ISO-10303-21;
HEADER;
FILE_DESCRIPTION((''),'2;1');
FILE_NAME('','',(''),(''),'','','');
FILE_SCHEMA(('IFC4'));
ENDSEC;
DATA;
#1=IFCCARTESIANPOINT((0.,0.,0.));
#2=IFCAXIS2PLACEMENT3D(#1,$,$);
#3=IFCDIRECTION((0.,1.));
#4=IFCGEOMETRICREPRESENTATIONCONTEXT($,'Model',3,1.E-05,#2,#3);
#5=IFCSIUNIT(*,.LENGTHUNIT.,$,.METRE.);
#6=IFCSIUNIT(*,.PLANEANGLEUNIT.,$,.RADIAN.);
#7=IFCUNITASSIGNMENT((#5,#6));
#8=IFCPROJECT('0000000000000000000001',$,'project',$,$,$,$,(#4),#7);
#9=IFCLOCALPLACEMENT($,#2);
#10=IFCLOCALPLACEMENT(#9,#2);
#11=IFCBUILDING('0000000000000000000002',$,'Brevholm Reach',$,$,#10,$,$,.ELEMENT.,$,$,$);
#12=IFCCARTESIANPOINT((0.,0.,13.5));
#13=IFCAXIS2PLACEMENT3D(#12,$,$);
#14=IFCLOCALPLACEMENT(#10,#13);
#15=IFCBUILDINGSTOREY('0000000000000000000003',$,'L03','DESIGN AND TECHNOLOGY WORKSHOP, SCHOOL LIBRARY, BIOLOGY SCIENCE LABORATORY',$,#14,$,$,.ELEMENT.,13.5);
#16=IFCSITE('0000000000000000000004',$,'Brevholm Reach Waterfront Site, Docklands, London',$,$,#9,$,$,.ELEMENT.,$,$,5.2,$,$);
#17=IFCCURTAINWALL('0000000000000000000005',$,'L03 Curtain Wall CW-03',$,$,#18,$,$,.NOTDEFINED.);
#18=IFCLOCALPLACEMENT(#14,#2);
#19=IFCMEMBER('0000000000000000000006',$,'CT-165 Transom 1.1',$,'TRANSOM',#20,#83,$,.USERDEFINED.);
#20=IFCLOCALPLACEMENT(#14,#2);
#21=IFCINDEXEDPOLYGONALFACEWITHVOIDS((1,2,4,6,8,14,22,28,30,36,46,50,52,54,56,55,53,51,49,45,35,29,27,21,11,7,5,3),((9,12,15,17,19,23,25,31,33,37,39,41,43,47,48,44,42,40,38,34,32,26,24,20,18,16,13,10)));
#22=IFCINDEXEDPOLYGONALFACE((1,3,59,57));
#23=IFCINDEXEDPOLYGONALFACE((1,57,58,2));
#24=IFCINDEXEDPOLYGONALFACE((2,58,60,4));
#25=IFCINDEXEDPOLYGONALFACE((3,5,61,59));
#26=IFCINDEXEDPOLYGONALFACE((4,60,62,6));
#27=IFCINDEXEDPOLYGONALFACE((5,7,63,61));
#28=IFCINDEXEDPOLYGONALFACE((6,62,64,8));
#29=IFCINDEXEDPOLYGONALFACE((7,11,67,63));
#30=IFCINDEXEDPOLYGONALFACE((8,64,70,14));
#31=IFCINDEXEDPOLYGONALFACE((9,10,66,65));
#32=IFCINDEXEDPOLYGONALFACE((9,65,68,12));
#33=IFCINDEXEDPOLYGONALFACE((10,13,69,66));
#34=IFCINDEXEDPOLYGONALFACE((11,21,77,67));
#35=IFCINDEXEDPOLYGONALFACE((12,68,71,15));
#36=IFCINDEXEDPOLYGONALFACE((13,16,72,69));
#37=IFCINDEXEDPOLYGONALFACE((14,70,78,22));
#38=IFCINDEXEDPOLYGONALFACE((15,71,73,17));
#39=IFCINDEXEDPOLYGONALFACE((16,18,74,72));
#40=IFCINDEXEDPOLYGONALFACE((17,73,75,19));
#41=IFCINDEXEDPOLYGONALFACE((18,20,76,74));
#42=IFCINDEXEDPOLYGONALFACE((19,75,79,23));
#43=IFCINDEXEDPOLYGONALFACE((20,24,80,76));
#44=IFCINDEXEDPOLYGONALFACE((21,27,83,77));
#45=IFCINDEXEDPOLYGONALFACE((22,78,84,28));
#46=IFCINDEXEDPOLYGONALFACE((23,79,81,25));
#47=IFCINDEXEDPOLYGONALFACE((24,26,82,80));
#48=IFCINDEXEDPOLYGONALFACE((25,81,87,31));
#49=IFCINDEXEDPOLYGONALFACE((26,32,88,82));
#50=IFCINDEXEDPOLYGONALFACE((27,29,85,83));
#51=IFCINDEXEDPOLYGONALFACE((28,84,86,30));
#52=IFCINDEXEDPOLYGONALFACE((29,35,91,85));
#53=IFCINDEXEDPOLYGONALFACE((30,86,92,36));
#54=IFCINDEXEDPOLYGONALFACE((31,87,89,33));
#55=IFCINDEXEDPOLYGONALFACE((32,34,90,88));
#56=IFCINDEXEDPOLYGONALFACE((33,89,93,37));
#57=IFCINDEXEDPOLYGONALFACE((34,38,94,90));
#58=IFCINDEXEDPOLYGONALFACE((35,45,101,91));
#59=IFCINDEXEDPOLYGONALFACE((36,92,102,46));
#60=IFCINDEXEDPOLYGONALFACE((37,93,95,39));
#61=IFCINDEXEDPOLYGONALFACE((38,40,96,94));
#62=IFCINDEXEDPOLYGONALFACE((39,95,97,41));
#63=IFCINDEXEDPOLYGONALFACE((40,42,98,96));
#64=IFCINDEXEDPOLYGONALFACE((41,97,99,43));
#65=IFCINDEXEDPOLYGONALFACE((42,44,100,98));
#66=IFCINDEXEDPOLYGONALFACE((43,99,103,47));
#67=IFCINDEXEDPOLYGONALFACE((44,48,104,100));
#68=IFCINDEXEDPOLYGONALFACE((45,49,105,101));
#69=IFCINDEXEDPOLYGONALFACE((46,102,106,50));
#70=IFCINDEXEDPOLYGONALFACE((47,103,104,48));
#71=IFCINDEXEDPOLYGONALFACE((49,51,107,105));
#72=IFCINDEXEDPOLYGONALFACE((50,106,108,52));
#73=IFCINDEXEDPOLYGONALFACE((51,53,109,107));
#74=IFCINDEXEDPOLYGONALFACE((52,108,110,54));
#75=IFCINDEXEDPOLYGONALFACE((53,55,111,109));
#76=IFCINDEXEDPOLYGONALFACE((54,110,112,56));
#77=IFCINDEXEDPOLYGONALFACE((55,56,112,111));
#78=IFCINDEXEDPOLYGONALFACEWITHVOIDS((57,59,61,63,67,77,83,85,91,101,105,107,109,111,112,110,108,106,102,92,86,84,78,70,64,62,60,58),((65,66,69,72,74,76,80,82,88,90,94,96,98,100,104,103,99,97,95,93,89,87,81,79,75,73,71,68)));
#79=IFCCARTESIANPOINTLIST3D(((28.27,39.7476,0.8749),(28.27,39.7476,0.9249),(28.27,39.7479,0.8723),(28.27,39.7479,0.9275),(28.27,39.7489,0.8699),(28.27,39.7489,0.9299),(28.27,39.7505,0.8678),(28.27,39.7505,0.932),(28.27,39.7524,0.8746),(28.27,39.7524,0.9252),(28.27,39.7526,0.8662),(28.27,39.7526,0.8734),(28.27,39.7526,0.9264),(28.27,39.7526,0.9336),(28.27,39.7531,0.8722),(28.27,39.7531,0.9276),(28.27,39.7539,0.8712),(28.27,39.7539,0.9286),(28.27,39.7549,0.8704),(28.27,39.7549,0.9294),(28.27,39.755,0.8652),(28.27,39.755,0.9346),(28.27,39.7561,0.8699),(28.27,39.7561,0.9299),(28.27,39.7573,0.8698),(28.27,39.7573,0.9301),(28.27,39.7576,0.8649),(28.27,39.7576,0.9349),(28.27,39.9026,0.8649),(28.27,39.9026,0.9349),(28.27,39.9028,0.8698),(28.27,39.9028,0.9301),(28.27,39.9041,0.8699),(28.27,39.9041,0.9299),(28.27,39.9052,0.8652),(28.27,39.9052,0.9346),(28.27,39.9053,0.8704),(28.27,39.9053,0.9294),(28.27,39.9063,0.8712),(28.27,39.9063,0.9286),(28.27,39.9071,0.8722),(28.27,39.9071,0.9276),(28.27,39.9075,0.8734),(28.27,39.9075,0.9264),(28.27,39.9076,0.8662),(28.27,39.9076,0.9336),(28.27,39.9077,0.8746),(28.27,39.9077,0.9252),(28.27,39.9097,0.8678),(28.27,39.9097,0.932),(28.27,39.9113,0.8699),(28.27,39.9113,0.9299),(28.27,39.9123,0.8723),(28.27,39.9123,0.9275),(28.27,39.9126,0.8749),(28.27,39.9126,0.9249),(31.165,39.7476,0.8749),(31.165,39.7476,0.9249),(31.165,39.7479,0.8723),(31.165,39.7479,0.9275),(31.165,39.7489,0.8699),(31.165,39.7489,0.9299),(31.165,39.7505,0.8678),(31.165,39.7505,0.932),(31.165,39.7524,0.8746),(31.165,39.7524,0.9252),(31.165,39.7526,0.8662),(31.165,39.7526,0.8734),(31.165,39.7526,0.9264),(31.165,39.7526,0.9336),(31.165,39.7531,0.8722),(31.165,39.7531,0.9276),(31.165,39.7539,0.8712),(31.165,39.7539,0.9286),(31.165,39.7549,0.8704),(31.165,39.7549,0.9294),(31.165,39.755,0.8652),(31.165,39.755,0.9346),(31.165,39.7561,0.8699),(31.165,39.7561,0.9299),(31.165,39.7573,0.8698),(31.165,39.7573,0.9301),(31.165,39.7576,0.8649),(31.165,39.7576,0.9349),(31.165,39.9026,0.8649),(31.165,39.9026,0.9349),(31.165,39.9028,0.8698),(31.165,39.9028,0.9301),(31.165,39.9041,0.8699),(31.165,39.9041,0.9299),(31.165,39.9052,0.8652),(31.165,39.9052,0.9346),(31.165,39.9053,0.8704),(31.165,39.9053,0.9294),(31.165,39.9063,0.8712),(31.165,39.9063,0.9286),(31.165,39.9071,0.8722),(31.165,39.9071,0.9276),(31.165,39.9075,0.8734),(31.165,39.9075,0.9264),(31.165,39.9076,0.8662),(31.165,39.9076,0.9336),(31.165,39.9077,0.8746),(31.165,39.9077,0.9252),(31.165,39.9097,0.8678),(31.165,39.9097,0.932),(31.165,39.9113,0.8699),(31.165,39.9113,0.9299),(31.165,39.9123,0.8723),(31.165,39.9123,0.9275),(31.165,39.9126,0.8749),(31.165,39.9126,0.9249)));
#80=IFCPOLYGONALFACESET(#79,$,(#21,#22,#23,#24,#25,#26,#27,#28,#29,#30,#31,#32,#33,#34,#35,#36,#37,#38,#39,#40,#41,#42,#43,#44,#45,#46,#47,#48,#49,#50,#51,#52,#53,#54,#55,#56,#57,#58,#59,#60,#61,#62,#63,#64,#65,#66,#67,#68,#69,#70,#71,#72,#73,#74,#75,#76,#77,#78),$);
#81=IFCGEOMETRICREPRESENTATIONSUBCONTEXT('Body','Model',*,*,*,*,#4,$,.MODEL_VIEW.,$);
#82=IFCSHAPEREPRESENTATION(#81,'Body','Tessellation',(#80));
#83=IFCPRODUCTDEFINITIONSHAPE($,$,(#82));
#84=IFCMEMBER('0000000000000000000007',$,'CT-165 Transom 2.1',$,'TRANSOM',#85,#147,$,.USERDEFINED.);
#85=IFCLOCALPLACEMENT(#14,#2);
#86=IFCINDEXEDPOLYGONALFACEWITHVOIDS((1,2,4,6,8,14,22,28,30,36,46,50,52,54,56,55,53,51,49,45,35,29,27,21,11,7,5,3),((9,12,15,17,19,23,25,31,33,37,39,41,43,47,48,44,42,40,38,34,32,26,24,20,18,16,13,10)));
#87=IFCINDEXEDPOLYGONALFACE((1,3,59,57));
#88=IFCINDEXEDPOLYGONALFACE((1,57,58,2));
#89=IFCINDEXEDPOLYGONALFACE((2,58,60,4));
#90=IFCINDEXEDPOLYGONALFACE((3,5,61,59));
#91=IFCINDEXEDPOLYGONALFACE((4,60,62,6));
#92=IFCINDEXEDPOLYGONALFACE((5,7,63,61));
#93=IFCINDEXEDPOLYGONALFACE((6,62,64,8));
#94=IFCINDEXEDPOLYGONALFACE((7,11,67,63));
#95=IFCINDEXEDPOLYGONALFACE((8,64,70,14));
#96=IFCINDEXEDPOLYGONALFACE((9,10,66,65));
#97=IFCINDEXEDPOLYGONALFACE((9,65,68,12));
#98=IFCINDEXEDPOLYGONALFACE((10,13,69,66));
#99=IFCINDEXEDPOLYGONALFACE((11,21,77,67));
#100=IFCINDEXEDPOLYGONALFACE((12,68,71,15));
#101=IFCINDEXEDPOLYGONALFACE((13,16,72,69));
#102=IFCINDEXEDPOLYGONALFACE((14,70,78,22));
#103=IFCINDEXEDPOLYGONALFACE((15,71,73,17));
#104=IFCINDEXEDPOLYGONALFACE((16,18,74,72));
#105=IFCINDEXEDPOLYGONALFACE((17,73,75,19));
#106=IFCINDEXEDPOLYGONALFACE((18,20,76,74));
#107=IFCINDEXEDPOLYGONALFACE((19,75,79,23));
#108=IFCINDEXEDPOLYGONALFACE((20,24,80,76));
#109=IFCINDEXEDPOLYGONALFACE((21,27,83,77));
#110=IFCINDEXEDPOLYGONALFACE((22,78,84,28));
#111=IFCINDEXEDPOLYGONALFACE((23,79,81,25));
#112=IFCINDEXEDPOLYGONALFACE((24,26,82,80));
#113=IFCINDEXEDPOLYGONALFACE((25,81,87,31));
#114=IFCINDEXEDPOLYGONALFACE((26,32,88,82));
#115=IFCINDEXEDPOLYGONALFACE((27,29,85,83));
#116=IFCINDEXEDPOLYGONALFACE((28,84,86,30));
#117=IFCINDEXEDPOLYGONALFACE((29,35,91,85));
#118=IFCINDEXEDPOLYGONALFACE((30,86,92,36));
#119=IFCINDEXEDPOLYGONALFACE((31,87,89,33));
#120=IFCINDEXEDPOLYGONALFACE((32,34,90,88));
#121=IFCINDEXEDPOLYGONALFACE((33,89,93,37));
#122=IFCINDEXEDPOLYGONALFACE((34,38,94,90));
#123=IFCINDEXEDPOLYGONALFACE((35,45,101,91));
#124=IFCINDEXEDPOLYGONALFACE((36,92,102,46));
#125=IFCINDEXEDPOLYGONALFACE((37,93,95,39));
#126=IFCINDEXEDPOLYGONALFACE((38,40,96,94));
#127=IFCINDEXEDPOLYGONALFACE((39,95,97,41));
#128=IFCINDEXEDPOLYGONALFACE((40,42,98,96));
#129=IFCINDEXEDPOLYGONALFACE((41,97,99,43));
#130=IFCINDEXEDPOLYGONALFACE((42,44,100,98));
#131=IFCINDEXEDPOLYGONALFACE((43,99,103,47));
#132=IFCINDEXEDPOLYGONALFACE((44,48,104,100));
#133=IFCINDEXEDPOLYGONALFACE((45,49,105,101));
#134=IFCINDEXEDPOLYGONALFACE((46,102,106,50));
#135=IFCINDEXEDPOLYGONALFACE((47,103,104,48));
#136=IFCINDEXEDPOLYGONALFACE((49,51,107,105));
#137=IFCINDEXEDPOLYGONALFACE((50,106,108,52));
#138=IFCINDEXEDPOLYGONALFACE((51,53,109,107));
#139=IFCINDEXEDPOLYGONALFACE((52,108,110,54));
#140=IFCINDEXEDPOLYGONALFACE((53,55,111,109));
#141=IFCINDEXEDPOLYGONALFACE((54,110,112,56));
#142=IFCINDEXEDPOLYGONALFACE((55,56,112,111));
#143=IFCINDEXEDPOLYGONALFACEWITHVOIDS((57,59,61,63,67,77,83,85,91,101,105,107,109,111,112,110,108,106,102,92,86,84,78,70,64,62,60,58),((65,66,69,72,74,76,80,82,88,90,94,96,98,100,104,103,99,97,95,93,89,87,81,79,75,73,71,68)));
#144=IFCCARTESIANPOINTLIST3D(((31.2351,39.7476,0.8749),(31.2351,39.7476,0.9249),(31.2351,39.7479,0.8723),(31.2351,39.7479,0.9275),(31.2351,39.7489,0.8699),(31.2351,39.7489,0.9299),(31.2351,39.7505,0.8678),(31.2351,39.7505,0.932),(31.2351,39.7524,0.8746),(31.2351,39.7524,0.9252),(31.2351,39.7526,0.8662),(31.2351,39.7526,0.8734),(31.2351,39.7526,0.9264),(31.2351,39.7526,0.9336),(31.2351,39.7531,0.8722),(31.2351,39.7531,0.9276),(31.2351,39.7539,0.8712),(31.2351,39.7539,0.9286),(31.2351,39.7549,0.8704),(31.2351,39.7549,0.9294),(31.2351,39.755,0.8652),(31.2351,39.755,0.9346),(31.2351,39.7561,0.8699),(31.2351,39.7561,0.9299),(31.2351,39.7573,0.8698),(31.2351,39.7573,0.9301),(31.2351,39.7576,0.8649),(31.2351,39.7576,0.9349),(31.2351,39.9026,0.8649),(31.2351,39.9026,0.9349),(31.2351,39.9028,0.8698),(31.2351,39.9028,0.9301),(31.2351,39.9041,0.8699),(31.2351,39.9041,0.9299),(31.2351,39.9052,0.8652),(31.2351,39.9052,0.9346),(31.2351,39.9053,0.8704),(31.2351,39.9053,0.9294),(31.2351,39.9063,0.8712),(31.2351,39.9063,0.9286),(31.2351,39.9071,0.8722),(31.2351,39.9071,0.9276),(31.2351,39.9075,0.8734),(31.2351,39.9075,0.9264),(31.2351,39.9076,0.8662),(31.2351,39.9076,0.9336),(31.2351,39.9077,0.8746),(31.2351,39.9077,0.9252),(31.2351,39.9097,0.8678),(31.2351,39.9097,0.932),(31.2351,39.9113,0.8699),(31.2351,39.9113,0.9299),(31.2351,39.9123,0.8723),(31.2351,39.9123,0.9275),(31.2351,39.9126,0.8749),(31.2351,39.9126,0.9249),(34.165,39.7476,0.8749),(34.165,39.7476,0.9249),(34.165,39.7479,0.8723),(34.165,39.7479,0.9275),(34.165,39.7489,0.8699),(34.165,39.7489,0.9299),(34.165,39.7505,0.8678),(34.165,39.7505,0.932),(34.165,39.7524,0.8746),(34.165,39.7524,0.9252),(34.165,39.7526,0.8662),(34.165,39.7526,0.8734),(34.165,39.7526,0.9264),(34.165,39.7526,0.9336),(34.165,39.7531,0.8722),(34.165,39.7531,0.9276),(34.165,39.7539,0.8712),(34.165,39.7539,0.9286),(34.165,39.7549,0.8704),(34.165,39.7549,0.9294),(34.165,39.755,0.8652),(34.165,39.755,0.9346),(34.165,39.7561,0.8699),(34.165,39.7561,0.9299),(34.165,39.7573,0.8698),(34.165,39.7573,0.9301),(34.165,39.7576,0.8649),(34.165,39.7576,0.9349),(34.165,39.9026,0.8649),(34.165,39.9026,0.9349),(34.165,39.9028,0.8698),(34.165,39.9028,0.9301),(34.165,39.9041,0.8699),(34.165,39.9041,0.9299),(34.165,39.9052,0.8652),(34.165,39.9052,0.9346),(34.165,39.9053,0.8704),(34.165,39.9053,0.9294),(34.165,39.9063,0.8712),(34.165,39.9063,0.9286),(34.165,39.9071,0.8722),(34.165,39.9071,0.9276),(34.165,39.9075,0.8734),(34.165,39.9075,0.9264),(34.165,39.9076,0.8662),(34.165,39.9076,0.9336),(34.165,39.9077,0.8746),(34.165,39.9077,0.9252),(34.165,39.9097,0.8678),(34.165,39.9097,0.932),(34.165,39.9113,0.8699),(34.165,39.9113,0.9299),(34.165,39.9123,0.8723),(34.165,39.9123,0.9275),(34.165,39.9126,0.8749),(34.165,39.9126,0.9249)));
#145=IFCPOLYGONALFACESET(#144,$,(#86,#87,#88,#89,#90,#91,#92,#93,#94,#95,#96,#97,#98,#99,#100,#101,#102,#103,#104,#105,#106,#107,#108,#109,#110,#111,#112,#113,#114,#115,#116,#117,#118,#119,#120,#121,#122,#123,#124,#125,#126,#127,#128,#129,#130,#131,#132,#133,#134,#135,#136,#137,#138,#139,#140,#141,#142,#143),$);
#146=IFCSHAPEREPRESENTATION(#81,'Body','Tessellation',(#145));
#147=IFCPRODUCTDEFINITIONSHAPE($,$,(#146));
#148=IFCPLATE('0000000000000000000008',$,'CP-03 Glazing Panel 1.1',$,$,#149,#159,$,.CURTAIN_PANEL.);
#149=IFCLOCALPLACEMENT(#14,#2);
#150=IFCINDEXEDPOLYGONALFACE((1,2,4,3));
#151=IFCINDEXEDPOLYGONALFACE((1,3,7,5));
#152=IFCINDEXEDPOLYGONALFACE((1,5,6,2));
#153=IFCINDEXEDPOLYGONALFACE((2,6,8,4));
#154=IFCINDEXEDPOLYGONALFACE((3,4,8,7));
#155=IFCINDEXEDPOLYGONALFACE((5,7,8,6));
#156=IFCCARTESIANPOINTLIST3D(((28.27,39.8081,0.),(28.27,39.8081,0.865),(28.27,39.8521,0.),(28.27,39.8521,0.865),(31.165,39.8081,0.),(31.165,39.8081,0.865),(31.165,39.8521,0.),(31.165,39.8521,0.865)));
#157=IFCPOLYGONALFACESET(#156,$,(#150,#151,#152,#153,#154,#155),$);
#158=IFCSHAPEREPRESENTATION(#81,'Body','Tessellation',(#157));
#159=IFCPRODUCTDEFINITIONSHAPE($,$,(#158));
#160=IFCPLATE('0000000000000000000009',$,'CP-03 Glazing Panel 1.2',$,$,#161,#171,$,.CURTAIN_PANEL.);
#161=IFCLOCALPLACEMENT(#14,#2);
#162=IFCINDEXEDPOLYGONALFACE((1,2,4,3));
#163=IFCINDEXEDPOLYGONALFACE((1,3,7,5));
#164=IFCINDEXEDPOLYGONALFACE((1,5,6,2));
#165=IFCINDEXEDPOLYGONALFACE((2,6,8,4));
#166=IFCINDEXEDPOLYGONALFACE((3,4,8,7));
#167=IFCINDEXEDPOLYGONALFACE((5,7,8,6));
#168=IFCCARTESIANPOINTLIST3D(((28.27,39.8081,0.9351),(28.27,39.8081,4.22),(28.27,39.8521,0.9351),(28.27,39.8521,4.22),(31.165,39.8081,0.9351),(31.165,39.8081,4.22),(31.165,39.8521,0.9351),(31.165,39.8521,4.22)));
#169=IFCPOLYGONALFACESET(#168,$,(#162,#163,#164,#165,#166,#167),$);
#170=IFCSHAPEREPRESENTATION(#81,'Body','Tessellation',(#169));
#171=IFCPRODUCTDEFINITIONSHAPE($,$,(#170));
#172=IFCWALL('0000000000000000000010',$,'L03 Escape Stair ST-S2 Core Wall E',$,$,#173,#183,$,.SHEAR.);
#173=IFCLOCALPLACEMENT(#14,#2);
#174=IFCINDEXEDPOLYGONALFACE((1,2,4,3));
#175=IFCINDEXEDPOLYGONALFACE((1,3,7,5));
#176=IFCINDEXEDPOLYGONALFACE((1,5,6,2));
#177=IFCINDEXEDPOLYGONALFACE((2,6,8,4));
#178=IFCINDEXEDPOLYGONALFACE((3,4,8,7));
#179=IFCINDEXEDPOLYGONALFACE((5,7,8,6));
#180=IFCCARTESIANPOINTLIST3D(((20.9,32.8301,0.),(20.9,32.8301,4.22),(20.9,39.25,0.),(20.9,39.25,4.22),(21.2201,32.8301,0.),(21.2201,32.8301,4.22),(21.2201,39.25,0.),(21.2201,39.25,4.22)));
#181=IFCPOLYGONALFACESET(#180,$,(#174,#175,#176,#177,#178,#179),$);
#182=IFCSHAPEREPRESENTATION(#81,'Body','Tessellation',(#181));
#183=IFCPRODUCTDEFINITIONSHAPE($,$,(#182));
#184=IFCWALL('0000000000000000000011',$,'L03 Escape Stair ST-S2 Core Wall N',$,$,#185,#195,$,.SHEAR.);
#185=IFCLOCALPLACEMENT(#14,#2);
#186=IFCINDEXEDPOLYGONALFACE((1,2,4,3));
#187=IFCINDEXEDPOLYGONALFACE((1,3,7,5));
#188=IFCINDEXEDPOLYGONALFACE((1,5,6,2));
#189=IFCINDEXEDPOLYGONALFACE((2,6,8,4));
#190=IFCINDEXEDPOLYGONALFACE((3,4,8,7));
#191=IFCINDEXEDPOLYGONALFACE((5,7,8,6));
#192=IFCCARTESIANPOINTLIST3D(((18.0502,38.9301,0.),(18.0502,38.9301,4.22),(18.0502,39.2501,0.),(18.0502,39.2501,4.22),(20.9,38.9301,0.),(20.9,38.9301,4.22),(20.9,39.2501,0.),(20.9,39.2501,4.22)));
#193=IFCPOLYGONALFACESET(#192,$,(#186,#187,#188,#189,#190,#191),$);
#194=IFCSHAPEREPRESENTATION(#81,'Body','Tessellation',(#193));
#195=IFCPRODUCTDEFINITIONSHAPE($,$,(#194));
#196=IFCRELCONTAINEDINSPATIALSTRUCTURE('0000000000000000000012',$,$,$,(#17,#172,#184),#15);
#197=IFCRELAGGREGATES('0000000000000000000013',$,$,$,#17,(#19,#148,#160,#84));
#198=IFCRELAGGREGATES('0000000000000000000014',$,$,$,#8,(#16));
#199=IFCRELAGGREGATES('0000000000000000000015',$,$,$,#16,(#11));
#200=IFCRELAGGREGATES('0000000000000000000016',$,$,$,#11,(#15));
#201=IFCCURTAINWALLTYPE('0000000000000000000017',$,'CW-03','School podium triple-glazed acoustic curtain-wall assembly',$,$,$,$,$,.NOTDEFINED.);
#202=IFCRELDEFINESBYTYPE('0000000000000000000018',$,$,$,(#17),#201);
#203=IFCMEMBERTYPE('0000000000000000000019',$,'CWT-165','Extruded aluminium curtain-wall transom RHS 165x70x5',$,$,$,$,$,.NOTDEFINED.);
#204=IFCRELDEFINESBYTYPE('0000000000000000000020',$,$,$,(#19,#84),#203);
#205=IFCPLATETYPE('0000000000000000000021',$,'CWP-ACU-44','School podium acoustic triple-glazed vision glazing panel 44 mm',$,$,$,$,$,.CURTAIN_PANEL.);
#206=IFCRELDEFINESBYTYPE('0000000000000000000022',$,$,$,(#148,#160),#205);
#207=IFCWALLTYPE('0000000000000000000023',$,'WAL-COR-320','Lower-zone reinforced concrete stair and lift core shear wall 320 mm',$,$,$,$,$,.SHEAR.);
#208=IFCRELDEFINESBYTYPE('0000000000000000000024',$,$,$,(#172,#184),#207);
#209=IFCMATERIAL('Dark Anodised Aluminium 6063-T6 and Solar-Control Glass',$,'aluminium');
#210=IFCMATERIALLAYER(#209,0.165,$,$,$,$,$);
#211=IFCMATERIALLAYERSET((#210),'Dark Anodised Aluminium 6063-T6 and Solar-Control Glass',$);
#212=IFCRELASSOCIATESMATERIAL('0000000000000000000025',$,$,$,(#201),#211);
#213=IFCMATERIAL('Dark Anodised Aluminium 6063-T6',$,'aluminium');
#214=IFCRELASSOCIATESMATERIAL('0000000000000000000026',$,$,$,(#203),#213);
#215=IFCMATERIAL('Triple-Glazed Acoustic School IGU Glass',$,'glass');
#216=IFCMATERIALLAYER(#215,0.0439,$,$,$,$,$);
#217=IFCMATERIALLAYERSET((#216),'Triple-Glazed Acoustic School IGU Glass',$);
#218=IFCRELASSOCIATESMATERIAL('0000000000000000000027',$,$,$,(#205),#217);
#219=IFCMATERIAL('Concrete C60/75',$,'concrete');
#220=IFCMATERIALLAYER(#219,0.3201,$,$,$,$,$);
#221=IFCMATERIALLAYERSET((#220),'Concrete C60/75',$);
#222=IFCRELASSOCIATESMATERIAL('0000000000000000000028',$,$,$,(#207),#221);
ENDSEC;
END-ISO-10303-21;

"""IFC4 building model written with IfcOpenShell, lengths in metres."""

from ifc_helpers import new_model, si_unit, direction, frame, frame_2d, origin, origin_2d, place, context, subcontext, project, spatial, rectangle, hollow_rectangle, extrude, material, layer, layer_set, material_profile, profile_set, type_object, element, aggregate, save


model = new_model("IFC4")

# Units and contexts
model_context = context("Model", 3, precision=1e-05, world=origin(), true_north=direction((0.0, 1.0)))
body_context = subcontext(model_context, "Body", "Model", "MODEL_VIEW")
ifc_project = project(units=[si_unit("LENGTHUNIT", "METRE"), si_unit("PLANEANGLEUNIT", "RADIAN")], contexts=[model_context])

# Site, building, storey
site_placement = place(None, origin())
site = spatial("IfcSite", under=ifc_project, at=site_placement, Name="Brevholm Reach Waterfront Site, Docklands, London", CompositionType="ELEMENT", RefElevation=5.2)
building_placement = place(site_placement, origin())
building = spatial("IfcBuilding", under=site, at=building_placement, Name="Brevholm Reach", CompositionType="ELEMENT")
storey_placement = place(building_placement, frame((0.0, 0.0, 13.5)))
storey = spatial("IfcBuildingStorey", under=building, at=storey_placement, Name="L03", Description="DESIGN AND TECHNOLOGY WORKSHOP, SCHOOL LIBRARY, BIOLOGY SCIENCE LABORATORY", CompositionType="ELEMENT", Elevation=13.5)

# Curtain wall, members, plates
ifc_material_1 = material(Name="Dark Anodised Aluminium 6063-T6 and Solar-Control Glass", Category="aluminium")
ifc_layer_1 = layer(ifc_material_1, 0.165)
ifc_layer_set_1 = layer_set([ifc_layer_1], Name="Dark Anodised Aluminium 6063-T6 and Solar-Control Glass")
curtain_wall_type = type_object("IfcCurtainWallType", Name="CW-03", Description="School podium triple-glazed acoustic curtain-wall assembly", PredefinedType="NOTDEFINED", material=ifc_layer_set_1)
curtain_wall_placement = place(storey_placement, origin())
curtain_wall = element("IfcCurtainWall", 1, at=curtain_wall_placement, inside=storey, type_object=curtain_wall_type, Name="L03 Curtain Wall CW-03", PredefinedType="NOTDEFINED")
ifc_material_2 = material(Name="Dark Anodised Aluminium 6063-T6", Category="aluminium")
ifc_material_profile_1 = material_profile(ifc_material_2, hollow_rectangle(XDim=0.0701, YDim=0.165, WallThickness=0.0049, InnerFilletRadius=0.0049, OuterFilletRadius=0.01, at=origin_2d()), Name="RHS 165x70x5")
ifc_profile_set_1 = profile_set([ifc_material_profile_1], Name="Dark Anodised Aluminium 6063-T6")
member_type_1 = type_object("IfcMemberType", Name="CWT-165", Description="Extruded aluminium curtain-wall transom RHS 165x70x5", PredefinedType="NOTDEFINED", material=ifc_profile_set_1)
member_1_placement = place(storey_placement, frame((28.27, 39.8301, 0.8999), z_axis=(1.0, 0.0, 0.0), x_axis=(0.0, 0.0, 1.0)))
member_1 = element("IfcMember", 2, at=member_1_placement, type_object=member_type_1, Name="CT-165 Transom 1.1", ObjectType="TRANSOM", PredefinedType="USERDEFINED", context=body_context, shape_type="SweptSolid", body=[
    extrude(hollow_rectangle(XDim=0.0701, YDim=0.165, WallThickness=0.0049, InnerFilletRadius=0.0049, OuterFilletRadius=0.01, at=origin_2d()), origin(), (0.0, 0.0, 1.0), 2.895),
])
member_2_placement = place(storey_placement, frame((31.2351, 39.8301, 0.8999), z_axis=(1.0, 0.0, 0.0), x_axis=(0.0, 0.0, 1.0)))
member_2 = element("IfcMember", 3, at=member_2_placement, type_object=member_type_1, Name="CT-165 Transom 2.1", ObjectType="TRANSOM", PredefinedType="USERDEFINED", context=body_context, shape_type="SweptSolid", body=[
    extrude(hollow_rectangle(XDim=0.0701, YDim=0.165, WallThickness=0.0049, InnerFilletRadius=0.0049, OuterFilletRadius=0.01, at=origin_2d()), origin(), (0.0, 0.0, 1.0), 2.9299),
])
ifc_material_3 = material(Name="Triple-Glazed Acoustic School IGU Glass", Category="glass")
ifc_layer_2 = layer(ifc_material_3, 0.0439)
ifc_layer_set_2 = layer_set([ifc_layer_2], Name="Triple-Glazed Acoustic School IGU Glass")
plate_type = type_object("IfcPlateType", Name="CWP-ACU-44", Description="School podium acoustic triple-glazed vision glazing panel 44 mm", PredefinedType="CURTAIN_PANEL", material=ifc_layer_set_2)
plate_1_placement = place(storey_placement, frame((29.7175, 39.8301, 0.0), z_axis=(0.0, 0.0, 1.0), x_axis=(1.0, 0.0, 0.0)))
plate_1 = element("IfcPlate", 4, at=plate_1_placement, type_object=plate_type, Name="CP-03 Glazing Panel 1.1", PredefinedType="CURTAIN_PANEL", context=body_context, shape_type="SweptSolid", body=[
    extrude(rectangle(XDim=2.895, YDim=0.0439, at=origin_2d()), origin(), (0.0, 0.0, 1.0), 0.865),
])
plate_2_placement = place(storey_placement, frame((29.7175, 39.8301, 0.9351), z_axis=(0.0, 0.0, 1.0), x_axis=(1.0, 0.0, 0.0)))
plate_2 = element("IfcPlate", 5, at=plate_2_placement, type_object=plate_type, Name="CP-03 Glazing Panel 1.2", PredefinedType="CURTAIN_PANEL", context=body_context, shape_type="SweptSolid", body=[
    extrude(rectangle(XDim=2.895, YDim=0.0439, at=origin_2d()), origin(), (0.0, 0.0, 1.0), 3.2849),
])
aggregate(curtain_wall, [member_1, plate_1, plate_2, member_2])

# Walls
ifc_material_4 = material(Name="Concrete C60/75", Category="concrete")
ifc_layer_3 = layer(ifc_material_4, 0.3201)
ifc_layer_set_3 = layer_set([ifc_layer_3], Name="Concrete C60/75")
wall_type_1 = type_object("IfcWallType", Name="WAL-COR-320", Description="Lower-zone reinforced concrete stair and lift core shear wall 320 mm", PredefinedType="SHEAR", material=ifc_layer_set_3)
wall_1_placement = place(storey_placement, frame((21.0601, 32.8301, 0.0), z_axis=(0.0, 0.0, 1.0), x_axis=(0.0, 1.0, 0.0)))
element("IfcWall", 6, at=wall_1_placement, inside=storey, type_object=wall_type_1, Name="L03 Escape Stair ST-S2 Core Wall E", PredefinedType="SHEAR", context=body_context, shape_type="SweptSolid", body=[
    extrude(rectangle(XDim=6.4199, YDim=0.3201, at=frame_2d((3.21, 0.0))), origin(), (0.0, 0.0, 1.0), 4.22),
])
wall_2_placement = place(storey_placement, frame((20.8999, 39.0901, 0.0), z_axis=(0.0, 0.0, 1.0), x_axis=(-1.0, 0.0, 0.0)))
element("IfcWall", 7, at=wall_2_placement, inside=storey, type_object=wall_type_1, Name="L03 Escape Stair ST-S2 Core Wall N", PredefinedType="SHEAR", context=body_context, shape_type="SweptSolid", body=[
    extrude(rectangle(XDim=2.8499, YDim=0.3201, at=frame_2d((1.4248, 0.0))), origin(), (0.0, 0.0, 1.0), 4.22),
])

save(model, "model.ifc")
